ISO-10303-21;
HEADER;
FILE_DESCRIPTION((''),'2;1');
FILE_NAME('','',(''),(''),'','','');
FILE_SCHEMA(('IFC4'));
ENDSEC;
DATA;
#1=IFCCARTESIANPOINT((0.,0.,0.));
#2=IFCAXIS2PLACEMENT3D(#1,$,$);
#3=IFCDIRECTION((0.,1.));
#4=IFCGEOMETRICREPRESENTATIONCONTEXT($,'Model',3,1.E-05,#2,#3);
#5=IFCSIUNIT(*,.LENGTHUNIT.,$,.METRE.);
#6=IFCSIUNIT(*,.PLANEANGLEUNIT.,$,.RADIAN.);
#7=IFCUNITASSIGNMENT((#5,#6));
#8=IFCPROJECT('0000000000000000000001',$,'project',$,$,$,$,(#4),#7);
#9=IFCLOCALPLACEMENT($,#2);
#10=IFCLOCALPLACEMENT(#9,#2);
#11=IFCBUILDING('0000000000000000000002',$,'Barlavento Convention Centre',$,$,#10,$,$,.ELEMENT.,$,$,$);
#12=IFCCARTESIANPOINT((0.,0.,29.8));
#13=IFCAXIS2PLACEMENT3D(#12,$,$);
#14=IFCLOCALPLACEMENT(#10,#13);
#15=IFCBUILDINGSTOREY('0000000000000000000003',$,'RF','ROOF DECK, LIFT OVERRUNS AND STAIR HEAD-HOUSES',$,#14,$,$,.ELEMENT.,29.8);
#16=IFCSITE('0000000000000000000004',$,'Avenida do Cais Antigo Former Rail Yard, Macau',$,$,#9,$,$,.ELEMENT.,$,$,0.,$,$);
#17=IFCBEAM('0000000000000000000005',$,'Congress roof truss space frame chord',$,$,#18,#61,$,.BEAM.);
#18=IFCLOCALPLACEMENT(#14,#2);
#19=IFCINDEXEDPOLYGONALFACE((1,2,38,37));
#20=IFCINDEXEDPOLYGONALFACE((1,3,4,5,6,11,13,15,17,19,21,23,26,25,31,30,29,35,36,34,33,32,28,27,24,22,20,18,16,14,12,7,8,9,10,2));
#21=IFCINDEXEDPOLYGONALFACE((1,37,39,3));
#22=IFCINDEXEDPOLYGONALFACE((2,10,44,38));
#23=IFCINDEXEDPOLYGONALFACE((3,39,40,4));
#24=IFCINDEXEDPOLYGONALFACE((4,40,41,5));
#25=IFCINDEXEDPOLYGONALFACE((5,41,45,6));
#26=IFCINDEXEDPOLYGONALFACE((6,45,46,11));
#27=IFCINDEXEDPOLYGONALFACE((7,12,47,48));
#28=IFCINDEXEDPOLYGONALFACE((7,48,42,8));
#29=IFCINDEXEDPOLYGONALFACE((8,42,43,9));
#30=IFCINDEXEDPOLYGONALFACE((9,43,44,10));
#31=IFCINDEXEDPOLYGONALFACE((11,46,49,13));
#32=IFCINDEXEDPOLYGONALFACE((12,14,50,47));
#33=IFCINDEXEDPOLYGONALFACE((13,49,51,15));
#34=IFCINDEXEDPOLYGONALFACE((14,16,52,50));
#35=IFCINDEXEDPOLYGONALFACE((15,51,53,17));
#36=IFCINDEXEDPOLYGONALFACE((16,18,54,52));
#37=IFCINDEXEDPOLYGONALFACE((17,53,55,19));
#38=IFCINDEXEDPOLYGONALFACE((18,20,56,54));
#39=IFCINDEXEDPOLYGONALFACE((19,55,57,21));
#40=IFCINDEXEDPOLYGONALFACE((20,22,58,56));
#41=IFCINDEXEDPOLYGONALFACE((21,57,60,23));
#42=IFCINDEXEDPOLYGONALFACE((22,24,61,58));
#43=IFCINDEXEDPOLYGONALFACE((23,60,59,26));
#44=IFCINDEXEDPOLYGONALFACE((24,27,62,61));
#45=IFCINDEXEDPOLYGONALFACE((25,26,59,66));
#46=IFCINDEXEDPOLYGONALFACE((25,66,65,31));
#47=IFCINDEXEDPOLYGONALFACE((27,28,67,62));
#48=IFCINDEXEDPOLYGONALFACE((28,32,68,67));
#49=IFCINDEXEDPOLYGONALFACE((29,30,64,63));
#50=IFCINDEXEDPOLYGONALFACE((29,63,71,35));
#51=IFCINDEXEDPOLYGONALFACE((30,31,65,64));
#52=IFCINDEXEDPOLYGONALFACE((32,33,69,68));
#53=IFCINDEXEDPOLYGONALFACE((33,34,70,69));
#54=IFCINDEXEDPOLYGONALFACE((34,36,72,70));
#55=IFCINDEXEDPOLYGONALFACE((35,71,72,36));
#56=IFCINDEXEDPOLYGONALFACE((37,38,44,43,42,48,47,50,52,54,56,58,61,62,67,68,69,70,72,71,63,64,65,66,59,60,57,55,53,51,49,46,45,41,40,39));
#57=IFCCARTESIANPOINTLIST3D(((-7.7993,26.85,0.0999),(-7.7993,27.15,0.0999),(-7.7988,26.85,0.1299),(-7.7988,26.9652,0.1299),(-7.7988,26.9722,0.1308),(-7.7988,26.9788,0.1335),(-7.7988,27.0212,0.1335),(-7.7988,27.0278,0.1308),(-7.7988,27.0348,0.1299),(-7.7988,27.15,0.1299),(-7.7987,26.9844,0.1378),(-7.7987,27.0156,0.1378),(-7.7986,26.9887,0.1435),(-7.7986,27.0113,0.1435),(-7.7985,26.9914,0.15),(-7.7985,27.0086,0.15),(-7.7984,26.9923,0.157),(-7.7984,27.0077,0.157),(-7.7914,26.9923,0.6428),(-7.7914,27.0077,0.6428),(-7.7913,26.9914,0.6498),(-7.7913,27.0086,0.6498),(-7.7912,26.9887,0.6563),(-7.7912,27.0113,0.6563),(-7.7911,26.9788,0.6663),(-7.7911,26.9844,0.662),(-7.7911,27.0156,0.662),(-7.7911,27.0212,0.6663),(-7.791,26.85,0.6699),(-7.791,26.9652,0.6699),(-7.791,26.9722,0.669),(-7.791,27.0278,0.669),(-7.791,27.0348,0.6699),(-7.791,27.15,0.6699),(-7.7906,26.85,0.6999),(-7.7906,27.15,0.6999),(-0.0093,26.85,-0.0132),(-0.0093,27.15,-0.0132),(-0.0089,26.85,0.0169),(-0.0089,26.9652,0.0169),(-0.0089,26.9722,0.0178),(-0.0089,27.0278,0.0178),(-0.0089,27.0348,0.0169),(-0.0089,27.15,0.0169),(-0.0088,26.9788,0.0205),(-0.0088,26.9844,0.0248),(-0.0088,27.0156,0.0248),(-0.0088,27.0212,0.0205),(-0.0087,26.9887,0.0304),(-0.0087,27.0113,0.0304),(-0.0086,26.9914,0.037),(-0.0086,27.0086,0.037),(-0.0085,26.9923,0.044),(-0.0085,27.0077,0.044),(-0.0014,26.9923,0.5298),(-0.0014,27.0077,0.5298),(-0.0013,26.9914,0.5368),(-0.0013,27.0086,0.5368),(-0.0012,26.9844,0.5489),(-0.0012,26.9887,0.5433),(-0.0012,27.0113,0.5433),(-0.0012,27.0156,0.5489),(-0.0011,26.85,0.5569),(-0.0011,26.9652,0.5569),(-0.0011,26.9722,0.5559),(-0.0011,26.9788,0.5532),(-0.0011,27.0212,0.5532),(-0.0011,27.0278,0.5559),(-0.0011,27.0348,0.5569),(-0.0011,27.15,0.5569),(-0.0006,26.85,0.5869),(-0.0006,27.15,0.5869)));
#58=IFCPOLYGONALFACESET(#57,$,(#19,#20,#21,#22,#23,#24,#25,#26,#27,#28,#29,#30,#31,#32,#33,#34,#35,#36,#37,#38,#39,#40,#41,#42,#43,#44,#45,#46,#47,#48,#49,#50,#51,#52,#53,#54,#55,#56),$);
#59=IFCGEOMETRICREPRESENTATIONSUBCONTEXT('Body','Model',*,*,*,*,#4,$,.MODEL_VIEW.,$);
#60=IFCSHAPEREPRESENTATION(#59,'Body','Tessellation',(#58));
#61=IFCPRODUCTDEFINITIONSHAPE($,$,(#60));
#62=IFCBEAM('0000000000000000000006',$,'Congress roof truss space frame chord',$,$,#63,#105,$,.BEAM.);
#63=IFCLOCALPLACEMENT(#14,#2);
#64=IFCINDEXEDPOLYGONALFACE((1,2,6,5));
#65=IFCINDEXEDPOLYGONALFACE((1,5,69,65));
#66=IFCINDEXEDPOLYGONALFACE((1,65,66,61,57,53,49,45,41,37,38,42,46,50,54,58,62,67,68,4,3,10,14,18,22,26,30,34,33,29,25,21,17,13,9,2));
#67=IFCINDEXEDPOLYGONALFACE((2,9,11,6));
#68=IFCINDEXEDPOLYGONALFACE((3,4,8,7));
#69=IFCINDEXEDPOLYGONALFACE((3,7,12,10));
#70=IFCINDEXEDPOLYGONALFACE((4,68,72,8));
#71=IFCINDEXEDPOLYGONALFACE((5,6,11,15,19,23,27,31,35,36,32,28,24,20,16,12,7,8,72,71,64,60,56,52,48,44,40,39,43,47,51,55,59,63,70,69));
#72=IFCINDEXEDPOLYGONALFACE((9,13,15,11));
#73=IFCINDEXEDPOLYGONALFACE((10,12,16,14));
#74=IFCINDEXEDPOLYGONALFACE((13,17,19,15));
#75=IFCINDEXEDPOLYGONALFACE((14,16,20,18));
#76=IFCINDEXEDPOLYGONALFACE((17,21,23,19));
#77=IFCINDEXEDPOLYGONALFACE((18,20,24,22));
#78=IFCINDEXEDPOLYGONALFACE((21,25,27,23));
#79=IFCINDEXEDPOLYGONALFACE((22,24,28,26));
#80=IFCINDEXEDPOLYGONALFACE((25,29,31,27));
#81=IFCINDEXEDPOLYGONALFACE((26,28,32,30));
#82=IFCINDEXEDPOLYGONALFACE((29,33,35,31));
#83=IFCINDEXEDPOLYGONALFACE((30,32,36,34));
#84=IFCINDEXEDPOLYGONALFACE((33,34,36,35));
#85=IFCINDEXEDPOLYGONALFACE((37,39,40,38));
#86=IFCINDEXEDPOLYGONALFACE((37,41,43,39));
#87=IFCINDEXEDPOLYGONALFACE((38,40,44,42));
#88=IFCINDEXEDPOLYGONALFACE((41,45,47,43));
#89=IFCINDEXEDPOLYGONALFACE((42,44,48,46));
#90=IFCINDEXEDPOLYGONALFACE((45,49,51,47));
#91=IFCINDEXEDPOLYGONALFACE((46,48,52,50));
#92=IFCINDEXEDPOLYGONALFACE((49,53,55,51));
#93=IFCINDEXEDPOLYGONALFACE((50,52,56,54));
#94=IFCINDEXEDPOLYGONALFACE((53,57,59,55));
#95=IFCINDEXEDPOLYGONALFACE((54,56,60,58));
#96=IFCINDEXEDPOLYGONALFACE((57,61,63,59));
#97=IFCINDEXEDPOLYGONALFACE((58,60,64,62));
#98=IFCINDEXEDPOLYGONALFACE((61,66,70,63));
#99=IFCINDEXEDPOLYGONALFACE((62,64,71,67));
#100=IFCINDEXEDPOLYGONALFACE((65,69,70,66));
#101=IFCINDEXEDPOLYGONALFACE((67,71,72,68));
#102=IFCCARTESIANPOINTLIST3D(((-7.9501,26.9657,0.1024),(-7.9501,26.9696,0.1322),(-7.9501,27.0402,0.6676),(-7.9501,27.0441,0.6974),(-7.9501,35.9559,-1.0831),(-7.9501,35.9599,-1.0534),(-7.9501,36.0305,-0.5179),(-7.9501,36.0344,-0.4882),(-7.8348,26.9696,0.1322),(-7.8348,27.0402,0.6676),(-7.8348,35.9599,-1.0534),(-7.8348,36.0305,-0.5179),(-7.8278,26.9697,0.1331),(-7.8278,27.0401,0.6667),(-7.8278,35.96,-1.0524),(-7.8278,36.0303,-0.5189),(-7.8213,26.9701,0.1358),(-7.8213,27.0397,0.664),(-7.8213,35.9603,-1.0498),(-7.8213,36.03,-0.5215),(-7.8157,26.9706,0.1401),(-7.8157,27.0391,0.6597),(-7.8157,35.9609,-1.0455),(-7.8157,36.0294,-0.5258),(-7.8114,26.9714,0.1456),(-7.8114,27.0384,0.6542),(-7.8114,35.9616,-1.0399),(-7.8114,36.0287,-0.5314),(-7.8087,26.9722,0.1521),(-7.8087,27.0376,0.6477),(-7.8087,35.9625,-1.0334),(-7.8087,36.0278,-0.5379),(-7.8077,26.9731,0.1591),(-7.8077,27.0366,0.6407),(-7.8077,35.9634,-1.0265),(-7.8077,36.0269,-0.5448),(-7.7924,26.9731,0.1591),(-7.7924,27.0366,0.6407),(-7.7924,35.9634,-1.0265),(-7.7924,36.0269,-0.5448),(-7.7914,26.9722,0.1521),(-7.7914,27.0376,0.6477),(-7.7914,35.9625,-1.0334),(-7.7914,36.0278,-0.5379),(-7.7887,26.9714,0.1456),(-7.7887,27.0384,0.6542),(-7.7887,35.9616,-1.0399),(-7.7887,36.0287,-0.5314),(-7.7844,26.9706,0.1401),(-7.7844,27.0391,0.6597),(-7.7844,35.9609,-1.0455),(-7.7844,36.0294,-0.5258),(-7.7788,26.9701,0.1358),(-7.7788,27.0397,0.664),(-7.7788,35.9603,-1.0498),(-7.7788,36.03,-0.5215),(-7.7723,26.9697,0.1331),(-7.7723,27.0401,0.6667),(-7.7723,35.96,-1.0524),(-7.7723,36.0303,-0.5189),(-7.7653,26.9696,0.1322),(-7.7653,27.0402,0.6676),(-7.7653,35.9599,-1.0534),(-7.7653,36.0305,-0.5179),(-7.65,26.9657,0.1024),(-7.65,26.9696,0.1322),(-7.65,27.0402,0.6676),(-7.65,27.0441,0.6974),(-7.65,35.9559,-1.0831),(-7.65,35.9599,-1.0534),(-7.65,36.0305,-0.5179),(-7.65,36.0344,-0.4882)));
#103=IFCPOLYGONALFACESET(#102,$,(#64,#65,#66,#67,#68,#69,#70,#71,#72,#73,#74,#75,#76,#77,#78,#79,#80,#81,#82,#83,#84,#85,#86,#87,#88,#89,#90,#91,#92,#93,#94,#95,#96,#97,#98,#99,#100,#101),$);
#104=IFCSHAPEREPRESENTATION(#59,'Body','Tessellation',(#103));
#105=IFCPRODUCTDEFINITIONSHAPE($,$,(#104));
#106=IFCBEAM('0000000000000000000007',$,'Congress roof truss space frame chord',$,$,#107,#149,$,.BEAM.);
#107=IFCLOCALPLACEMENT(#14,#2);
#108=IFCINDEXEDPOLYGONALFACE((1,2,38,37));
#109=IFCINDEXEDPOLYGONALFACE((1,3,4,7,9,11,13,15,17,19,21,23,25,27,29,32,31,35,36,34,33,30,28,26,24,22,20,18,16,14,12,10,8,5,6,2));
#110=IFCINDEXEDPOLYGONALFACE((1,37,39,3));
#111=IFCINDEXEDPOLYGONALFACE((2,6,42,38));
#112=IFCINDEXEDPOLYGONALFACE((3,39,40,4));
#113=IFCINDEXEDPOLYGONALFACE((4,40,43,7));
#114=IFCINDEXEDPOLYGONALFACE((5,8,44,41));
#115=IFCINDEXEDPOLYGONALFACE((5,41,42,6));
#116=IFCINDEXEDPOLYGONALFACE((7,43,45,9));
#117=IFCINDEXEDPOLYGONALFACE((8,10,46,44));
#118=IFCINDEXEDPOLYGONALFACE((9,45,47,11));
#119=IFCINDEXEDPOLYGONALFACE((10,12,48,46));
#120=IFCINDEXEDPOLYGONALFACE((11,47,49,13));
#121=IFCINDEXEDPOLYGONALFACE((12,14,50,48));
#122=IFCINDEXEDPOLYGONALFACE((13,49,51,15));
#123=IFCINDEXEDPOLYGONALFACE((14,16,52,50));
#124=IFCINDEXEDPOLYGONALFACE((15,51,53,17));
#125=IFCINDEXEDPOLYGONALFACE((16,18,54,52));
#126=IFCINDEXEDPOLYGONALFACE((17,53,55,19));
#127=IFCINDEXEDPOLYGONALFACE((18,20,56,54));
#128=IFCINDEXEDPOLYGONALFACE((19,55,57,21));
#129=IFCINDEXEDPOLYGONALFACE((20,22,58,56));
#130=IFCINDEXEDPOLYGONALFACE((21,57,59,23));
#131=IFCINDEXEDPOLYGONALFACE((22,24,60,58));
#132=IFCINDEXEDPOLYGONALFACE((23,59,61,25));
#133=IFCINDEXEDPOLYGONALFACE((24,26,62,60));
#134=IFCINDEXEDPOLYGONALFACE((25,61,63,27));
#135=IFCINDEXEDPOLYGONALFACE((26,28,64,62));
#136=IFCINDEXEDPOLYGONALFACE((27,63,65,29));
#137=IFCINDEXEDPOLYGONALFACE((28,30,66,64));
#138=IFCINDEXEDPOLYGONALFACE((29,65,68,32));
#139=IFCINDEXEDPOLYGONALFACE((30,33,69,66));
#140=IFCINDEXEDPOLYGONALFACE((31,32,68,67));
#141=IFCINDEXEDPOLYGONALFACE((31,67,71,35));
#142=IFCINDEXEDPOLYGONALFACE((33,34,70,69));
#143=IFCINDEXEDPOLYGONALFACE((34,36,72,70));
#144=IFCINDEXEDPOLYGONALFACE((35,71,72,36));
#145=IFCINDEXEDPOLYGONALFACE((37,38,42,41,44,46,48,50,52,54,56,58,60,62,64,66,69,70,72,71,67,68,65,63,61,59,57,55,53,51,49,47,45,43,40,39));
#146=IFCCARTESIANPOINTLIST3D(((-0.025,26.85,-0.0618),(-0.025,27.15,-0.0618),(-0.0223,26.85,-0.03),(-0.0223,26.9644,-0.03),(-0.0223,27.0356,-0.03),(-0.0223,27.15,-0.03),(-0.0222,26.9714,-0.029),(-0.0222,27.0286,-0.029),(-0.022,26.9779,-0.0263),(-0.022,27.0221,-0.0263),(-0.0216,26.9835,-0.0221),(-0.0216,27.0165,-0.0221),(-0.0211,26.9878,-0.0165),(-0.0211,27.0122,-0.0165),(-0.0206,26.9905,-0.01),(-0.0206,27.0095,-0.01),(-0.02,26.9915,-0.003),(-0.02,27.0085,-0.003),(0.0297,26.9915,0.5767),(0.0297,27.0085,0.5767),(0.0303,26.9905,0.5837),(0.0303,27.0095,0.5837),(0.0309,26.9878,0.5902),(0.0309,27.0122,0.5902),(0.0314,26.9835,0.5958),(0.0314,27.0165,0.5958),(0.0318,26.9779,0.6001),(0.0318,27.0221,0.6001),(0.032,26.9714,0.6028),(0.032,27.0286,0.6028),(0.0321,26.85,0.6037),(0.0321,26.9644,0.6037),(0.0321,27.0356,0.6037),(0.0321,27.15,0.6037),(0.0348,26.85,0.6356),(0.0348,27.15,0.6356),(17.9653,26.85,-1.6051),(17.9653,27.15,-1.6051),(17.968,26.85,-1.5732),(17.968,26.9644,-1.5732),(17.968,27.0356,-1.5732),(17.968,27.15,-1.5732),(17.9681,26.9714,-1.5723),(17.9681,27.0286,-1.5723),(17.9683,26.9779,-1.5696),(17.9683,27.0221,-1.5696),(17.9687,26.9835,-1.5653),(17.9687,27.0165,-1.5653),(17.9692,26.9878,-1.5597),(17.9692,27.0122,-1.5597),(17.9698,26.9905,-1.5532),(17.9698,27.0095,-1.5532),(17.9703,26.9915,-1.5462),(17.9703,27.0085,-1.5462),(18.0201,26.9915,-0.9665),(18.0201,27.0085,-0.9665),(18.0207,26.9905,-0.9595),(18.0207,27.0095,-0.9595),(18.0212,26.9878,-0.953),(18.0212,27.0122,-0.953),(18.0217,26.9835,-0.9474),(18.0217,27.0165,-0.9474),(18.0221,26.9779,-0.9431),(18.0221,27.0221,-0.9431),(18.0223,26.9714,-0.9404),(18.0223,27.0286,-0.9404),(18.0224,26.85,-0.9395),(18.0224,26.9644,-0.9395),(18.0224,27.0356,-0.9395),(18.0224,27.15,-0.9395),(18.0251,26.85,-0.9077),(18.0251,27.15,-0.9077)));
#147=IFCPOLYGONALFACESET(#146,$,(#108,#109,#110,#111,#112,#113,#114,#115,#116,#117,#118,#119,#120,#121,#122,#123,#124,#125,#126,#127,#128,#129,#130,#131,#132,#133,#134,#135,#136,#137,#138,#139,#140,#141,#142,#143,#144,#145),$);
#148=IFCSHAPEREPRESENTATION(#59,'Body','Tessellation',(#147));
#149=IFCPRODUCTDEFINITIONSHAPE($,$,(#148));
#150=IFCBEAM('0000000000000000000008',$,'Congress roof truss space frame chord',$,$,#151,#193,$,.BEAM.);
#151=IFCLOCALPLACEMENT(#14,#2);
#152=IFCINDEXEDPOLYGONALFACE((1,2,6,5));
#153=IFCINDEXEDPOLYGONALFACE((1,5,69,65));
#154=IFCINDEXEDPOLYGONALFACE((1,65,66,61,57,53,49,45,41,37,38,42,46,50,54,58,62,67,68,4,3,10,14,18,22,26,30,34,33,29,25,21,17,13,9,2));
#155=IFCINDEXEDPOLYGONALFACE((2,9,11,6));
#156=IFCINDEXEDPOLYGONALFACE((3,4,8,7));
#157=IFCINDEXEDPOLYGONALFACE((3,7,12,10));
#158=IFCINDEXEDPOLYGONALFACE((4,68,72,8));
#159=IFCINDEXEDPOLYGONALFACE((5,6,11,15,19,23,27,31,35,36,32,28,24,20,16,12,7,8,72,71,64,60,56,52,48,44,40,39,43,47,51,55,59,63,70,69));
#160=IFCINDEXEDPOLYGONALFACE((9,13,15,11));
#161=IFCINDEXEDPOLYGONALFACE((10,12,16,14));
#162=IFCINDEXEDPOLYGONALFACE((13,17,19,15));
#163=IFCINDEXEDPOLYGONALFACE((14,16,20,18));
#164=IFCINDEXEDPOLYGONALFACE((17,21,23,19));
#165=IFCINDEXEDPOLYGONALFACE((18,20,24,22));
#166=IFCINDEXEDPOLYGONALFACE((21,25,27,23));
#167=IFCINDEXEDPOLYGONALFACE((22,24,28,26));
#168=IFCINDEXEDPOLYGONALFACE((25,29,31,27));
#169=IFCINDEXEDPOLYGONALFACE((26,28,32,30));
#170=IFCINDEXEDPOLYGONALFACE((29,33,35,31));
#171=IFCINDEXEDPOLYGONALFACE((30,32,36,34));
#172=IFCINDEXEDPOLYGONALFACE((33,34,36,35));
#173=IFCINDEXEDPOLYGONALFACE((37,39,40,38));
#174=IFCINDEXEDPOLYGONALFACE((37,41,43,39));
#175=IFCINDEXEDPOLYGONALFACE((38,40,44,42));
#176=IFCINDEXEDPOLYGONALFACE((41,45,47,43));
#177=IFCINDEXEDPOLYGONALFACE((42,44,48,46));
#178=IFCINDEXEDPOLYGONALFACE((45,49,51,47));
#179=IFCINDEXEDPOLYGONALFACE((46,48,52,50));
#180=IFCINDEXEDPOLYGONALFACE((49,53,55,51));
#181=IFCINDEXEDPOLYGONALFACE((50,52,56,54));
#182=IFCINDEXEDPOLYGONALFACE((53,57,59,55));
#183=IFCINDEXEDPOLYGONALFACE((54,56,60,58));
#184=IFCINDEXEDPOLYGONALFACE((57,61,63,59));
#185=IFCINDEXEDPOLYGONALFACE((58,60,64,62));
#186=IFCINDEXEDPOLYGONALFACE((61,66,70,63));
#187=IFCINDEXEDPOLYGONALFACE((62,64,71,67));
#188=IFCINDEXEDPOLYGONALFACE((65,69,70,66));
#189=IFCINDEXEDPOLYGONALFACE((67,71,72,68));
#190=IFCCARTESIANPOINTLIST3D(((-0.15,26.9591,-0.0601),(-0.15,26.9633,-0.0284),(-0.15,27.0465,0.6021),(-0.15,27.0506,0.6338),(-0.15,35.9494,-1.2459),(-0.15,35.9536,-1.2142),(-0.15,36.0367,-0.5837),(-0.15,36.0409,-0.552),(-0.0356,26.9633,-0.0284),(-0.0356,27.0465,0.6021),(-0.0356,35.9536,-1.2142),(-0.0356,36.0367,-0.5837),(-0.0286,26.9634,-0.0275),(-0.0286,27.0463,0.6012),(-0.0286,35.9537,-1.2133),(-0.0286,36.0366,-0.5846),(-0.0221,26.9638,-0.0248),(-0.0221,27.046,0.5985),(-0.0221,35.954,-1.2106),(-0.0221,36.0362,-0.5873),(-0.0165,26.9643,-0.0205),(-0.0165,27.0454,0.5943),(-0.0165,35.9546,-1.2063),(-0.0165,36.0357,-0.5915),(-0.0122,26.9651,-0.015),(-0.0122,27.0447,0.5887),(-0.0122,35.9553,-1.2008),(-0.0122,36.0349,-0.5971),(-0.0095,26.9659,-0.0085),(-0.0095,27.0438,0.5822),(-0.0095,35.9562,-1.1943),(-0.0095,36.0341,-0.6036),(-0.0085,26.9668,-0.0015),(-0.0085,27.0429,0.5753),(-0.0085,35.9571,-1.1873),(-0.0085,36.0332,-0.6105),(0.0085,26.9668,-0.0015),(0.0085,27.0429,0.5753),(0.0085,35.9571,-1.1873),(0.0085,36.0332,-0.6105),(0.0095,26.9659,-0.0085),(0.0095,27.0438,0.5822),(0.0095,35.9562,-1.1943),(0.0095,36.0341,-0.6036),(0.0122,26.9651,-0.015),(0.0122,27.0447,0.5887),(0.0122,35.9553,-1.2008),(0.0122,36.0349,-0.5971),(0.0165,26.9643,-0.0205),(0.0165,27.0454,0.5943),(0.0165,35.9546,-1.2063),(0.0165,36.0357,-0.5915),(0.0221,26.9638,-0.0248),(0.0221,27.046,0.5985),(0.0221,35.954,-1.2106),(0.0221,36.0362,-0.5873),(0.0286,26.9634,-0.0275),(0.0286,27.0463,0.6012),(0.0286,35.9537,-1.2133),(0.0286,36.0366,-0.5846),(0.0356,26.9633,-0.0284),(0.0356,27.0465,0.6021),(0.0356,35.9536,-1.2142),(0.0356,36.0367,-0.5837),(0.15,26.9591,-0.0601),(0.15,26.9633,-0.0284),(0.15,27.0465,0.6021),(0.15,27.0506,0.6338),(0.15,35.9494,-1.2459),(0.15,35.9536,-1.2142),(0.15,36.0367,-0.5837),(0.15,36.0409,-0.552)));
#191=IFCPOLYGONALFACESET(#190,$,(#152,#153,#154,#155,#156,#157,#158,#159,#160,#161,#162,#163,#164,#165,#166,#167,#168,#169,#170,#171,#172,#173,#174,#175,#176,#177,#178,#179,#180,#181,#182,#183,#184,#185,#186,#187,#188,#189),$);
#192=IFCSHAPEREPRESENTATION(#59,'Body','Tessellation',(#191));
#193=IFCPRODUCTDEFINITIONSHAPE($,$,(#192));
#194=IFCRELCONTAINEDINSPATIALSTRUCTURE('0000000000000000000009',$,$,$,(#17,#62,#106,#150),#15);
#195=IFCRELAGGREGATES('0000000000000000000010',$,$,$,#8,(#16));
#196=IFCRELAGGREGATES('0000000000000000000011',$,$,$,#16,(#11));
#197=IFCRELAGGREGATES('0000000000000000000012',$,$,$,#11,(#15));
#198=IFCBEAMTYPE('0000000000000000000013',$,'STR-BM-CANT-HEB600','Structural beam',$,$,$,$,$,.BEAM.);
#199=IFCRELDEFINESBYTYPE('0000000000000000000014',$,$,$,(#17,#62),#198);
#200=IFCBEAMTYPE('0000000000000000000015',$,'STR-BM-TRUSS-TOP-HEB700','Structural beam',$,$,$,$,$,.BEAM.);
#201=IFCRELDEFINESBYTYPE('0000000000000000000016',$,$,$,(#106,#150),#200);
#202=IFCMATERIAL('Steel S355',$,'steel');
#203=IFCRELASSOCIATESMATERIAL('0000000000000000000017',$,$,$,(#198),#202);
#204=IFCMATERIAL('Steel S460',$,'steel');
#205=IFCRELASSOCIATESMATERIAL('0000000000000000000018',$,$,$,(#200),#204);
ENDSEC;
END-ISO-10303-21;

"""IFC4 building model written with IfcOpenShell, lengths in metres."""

from ifc_helpers import new_model, si_unit, direction, frame, origin, origin_2d, place, context, subcontext, project, spatial, i_section, extrude, material, material_profile, profile_set, type_object, element, save


model = new_model("IFC4")

# Units and contexts
model_context = context("Model", 3, precision=1e-05, world=origin(), true_north=direction((0.0, 1.0)))
body_context = subcontext(model_context, "Body", "Model", "MODEL_VIEW")
ifc_project = project(units=[si_unit("LENGTHUNIT", "METRE"), si_unit("PLANEANGLEUNIT", "RADIAN")], contexts=[model_context])

# Site, building, storey
site_placement = place(None, origin())
site = spatial("IfcSite", under=ifc_project, at=site_placement, Name="Avenida do Cais Antigo Former Rail Yard, Macau", CompositionType="ELEMENT", RefElevation=0.0)
building_placement = place(site_placement, origin())
building = spatial("IfcBuilding", under=site, at=building_placement, Name="Barlavento Convention Centre", CompositionType="ELEMENT")
storey_placement = place(building_placement, frame((0.0, 0.0, 29.8)))
storey = spatial("IfcBuildingStorey", under=building, at=storey_placement, Name="RF", Description="ROOF DECK, LIFT OVERRUNS AND STAIR HEAD-HOUSES", CompositionType="ELEMENT", Elevation=29.8)

# Beams
ifc_material_1 = material(Name="Steel S355", Category="steel")
ifc_material_profile_1 = material_profile(ifc_material_1, i_section(OverallWidth=0.3, OverallDepth=0.6001, WebThickness=0.0154, FlangeThickness=0.03, FilletRadius=0.0271, at=origin_2d()), Name="HEB 600")
ifc_profile_set_1 = profile_set([ifc_material_profile_1], Name="Steel S355")
beam_type_1 = type_object("IfcBeamType", Name="STR-BM-CANT-HEB600", Description="Structural beam", PredefinedType="BEAM", material=ifc_profile_set_1)
beam_1_placement = place(storey_placement, frame((-7.7949, 27.0, 0.3999), z_axis=(0.999895, 0.0, -0.014509), x_axis=(0.0, 1.0, 0.0)))
element("IfcBeam", 1, at=beam_1_placement, inside=storey, type_object=beam_type_1, Name="Congress roof truss space frame chord", PredefinedType="BEAM", context=body_context, shape_type="SweptSolid", body=[
    extrude(i_section(OverallWidth=0.3, OverallDepth=0.6001, WebThickness=0.0154, FlangeThickness=0.03, FilletRadius=0.0271, at=origin_2d()), origin(), (0.0, 0.0, 1.0), 7.7908),
])
beam_2_placement = place(storey_placement, frame((-7.8, 27.0049, 0.3999), z_axis=(0.0, 0.991417, -0.130739), x_axis=(-1.0, 0.0, 0.0)))
element("IfcBeam", 2, at=beam_2_placement, inside=storey, type_object=beam_type_1, Name="Congress roof truss space frame chord", PredefinedType="BEAM", context=body_context, shape_type="SweptSolid", body=[
    extrude(i_section(OverallWidth=0.3, OverallDepth=0.6001, WebThickness=0.0154, FlangeThickness=0.03, FilletRadius=0.0271, at=origin_2d()), origin(), (0.0, 0.0, 1.0), 9.0681),
])
ifc_material_2 = material(Name="Steel S460", Category="steel")
ifc_material_profile_2 = material_profile(ifc_material_2, i_section(OverallWidth=0.3, OverallDepth=0.7, WebThickness=0.0171, FlangeThickness=0.032, FilletRadius=0.0271, at=origin_2d()), Name="HEB 700")
ifc_profile_set_2 = profile_set([ifc_material_profile_2], Name="Steel S460")
beam_type_2 = type_object("IfcBeamType", Name="STR-BM-TRUSS-TOP-HEB700", Description="Structural beam", PredefinedType="BEAM", material=ifc_profile_set_2)
beam_3_placement = place(storey_placement, frame((0.0049, 27.0, 0.2869), z_axis=(0.996341, 0.0, -0.085467), x_axis=(0.0, 1.0, 0.0)))
element("IfcBeam", 3, at=beam_3_placement, inside=storey, type_object=beam_type_2, Name="Congress roof truss space frame chord", PredefinedType="BEAM", context=body_context, shape_type="SweptSolid", body=[
    extrude(i_section(OverallWidth=0.3, OverallDepth=0.7, WebThickness=0.0171, FlangeThickness=0.032, FilletRadius=0.0271, at=origin_2d()), origin(), (0.0, 0.0, 1.0), 18.0564),
])
for number, where, z_axis, x_axis, name in (
    (4, (0.0, 27.0049, 0.2869), (0.0, 0.991413, -0.130765), (-1.0, 0.0, 0.0), "Congress roof truss space frame chord"),
):
    element("IfcBeam", number, at=place(storey_placement, frame(where, z_axis=z_axis, x_axis=x_axis)), inside=storey, type_object=beam_type_2, Name=name, PredefinedType="BEAM", context=body_context, shape_type="SweptSolid", body=[
        extrude(i_section(OverallWidth=0.3, OverallDepth=0.7, WebThickness=0.0171, FlangeThickness=0.032, FilletRadius=0.0271, at=origin_2d()), origin(), (0.0, 0.0, 1.0), 9.0681),
    ])

save(model, "model.ifc")
